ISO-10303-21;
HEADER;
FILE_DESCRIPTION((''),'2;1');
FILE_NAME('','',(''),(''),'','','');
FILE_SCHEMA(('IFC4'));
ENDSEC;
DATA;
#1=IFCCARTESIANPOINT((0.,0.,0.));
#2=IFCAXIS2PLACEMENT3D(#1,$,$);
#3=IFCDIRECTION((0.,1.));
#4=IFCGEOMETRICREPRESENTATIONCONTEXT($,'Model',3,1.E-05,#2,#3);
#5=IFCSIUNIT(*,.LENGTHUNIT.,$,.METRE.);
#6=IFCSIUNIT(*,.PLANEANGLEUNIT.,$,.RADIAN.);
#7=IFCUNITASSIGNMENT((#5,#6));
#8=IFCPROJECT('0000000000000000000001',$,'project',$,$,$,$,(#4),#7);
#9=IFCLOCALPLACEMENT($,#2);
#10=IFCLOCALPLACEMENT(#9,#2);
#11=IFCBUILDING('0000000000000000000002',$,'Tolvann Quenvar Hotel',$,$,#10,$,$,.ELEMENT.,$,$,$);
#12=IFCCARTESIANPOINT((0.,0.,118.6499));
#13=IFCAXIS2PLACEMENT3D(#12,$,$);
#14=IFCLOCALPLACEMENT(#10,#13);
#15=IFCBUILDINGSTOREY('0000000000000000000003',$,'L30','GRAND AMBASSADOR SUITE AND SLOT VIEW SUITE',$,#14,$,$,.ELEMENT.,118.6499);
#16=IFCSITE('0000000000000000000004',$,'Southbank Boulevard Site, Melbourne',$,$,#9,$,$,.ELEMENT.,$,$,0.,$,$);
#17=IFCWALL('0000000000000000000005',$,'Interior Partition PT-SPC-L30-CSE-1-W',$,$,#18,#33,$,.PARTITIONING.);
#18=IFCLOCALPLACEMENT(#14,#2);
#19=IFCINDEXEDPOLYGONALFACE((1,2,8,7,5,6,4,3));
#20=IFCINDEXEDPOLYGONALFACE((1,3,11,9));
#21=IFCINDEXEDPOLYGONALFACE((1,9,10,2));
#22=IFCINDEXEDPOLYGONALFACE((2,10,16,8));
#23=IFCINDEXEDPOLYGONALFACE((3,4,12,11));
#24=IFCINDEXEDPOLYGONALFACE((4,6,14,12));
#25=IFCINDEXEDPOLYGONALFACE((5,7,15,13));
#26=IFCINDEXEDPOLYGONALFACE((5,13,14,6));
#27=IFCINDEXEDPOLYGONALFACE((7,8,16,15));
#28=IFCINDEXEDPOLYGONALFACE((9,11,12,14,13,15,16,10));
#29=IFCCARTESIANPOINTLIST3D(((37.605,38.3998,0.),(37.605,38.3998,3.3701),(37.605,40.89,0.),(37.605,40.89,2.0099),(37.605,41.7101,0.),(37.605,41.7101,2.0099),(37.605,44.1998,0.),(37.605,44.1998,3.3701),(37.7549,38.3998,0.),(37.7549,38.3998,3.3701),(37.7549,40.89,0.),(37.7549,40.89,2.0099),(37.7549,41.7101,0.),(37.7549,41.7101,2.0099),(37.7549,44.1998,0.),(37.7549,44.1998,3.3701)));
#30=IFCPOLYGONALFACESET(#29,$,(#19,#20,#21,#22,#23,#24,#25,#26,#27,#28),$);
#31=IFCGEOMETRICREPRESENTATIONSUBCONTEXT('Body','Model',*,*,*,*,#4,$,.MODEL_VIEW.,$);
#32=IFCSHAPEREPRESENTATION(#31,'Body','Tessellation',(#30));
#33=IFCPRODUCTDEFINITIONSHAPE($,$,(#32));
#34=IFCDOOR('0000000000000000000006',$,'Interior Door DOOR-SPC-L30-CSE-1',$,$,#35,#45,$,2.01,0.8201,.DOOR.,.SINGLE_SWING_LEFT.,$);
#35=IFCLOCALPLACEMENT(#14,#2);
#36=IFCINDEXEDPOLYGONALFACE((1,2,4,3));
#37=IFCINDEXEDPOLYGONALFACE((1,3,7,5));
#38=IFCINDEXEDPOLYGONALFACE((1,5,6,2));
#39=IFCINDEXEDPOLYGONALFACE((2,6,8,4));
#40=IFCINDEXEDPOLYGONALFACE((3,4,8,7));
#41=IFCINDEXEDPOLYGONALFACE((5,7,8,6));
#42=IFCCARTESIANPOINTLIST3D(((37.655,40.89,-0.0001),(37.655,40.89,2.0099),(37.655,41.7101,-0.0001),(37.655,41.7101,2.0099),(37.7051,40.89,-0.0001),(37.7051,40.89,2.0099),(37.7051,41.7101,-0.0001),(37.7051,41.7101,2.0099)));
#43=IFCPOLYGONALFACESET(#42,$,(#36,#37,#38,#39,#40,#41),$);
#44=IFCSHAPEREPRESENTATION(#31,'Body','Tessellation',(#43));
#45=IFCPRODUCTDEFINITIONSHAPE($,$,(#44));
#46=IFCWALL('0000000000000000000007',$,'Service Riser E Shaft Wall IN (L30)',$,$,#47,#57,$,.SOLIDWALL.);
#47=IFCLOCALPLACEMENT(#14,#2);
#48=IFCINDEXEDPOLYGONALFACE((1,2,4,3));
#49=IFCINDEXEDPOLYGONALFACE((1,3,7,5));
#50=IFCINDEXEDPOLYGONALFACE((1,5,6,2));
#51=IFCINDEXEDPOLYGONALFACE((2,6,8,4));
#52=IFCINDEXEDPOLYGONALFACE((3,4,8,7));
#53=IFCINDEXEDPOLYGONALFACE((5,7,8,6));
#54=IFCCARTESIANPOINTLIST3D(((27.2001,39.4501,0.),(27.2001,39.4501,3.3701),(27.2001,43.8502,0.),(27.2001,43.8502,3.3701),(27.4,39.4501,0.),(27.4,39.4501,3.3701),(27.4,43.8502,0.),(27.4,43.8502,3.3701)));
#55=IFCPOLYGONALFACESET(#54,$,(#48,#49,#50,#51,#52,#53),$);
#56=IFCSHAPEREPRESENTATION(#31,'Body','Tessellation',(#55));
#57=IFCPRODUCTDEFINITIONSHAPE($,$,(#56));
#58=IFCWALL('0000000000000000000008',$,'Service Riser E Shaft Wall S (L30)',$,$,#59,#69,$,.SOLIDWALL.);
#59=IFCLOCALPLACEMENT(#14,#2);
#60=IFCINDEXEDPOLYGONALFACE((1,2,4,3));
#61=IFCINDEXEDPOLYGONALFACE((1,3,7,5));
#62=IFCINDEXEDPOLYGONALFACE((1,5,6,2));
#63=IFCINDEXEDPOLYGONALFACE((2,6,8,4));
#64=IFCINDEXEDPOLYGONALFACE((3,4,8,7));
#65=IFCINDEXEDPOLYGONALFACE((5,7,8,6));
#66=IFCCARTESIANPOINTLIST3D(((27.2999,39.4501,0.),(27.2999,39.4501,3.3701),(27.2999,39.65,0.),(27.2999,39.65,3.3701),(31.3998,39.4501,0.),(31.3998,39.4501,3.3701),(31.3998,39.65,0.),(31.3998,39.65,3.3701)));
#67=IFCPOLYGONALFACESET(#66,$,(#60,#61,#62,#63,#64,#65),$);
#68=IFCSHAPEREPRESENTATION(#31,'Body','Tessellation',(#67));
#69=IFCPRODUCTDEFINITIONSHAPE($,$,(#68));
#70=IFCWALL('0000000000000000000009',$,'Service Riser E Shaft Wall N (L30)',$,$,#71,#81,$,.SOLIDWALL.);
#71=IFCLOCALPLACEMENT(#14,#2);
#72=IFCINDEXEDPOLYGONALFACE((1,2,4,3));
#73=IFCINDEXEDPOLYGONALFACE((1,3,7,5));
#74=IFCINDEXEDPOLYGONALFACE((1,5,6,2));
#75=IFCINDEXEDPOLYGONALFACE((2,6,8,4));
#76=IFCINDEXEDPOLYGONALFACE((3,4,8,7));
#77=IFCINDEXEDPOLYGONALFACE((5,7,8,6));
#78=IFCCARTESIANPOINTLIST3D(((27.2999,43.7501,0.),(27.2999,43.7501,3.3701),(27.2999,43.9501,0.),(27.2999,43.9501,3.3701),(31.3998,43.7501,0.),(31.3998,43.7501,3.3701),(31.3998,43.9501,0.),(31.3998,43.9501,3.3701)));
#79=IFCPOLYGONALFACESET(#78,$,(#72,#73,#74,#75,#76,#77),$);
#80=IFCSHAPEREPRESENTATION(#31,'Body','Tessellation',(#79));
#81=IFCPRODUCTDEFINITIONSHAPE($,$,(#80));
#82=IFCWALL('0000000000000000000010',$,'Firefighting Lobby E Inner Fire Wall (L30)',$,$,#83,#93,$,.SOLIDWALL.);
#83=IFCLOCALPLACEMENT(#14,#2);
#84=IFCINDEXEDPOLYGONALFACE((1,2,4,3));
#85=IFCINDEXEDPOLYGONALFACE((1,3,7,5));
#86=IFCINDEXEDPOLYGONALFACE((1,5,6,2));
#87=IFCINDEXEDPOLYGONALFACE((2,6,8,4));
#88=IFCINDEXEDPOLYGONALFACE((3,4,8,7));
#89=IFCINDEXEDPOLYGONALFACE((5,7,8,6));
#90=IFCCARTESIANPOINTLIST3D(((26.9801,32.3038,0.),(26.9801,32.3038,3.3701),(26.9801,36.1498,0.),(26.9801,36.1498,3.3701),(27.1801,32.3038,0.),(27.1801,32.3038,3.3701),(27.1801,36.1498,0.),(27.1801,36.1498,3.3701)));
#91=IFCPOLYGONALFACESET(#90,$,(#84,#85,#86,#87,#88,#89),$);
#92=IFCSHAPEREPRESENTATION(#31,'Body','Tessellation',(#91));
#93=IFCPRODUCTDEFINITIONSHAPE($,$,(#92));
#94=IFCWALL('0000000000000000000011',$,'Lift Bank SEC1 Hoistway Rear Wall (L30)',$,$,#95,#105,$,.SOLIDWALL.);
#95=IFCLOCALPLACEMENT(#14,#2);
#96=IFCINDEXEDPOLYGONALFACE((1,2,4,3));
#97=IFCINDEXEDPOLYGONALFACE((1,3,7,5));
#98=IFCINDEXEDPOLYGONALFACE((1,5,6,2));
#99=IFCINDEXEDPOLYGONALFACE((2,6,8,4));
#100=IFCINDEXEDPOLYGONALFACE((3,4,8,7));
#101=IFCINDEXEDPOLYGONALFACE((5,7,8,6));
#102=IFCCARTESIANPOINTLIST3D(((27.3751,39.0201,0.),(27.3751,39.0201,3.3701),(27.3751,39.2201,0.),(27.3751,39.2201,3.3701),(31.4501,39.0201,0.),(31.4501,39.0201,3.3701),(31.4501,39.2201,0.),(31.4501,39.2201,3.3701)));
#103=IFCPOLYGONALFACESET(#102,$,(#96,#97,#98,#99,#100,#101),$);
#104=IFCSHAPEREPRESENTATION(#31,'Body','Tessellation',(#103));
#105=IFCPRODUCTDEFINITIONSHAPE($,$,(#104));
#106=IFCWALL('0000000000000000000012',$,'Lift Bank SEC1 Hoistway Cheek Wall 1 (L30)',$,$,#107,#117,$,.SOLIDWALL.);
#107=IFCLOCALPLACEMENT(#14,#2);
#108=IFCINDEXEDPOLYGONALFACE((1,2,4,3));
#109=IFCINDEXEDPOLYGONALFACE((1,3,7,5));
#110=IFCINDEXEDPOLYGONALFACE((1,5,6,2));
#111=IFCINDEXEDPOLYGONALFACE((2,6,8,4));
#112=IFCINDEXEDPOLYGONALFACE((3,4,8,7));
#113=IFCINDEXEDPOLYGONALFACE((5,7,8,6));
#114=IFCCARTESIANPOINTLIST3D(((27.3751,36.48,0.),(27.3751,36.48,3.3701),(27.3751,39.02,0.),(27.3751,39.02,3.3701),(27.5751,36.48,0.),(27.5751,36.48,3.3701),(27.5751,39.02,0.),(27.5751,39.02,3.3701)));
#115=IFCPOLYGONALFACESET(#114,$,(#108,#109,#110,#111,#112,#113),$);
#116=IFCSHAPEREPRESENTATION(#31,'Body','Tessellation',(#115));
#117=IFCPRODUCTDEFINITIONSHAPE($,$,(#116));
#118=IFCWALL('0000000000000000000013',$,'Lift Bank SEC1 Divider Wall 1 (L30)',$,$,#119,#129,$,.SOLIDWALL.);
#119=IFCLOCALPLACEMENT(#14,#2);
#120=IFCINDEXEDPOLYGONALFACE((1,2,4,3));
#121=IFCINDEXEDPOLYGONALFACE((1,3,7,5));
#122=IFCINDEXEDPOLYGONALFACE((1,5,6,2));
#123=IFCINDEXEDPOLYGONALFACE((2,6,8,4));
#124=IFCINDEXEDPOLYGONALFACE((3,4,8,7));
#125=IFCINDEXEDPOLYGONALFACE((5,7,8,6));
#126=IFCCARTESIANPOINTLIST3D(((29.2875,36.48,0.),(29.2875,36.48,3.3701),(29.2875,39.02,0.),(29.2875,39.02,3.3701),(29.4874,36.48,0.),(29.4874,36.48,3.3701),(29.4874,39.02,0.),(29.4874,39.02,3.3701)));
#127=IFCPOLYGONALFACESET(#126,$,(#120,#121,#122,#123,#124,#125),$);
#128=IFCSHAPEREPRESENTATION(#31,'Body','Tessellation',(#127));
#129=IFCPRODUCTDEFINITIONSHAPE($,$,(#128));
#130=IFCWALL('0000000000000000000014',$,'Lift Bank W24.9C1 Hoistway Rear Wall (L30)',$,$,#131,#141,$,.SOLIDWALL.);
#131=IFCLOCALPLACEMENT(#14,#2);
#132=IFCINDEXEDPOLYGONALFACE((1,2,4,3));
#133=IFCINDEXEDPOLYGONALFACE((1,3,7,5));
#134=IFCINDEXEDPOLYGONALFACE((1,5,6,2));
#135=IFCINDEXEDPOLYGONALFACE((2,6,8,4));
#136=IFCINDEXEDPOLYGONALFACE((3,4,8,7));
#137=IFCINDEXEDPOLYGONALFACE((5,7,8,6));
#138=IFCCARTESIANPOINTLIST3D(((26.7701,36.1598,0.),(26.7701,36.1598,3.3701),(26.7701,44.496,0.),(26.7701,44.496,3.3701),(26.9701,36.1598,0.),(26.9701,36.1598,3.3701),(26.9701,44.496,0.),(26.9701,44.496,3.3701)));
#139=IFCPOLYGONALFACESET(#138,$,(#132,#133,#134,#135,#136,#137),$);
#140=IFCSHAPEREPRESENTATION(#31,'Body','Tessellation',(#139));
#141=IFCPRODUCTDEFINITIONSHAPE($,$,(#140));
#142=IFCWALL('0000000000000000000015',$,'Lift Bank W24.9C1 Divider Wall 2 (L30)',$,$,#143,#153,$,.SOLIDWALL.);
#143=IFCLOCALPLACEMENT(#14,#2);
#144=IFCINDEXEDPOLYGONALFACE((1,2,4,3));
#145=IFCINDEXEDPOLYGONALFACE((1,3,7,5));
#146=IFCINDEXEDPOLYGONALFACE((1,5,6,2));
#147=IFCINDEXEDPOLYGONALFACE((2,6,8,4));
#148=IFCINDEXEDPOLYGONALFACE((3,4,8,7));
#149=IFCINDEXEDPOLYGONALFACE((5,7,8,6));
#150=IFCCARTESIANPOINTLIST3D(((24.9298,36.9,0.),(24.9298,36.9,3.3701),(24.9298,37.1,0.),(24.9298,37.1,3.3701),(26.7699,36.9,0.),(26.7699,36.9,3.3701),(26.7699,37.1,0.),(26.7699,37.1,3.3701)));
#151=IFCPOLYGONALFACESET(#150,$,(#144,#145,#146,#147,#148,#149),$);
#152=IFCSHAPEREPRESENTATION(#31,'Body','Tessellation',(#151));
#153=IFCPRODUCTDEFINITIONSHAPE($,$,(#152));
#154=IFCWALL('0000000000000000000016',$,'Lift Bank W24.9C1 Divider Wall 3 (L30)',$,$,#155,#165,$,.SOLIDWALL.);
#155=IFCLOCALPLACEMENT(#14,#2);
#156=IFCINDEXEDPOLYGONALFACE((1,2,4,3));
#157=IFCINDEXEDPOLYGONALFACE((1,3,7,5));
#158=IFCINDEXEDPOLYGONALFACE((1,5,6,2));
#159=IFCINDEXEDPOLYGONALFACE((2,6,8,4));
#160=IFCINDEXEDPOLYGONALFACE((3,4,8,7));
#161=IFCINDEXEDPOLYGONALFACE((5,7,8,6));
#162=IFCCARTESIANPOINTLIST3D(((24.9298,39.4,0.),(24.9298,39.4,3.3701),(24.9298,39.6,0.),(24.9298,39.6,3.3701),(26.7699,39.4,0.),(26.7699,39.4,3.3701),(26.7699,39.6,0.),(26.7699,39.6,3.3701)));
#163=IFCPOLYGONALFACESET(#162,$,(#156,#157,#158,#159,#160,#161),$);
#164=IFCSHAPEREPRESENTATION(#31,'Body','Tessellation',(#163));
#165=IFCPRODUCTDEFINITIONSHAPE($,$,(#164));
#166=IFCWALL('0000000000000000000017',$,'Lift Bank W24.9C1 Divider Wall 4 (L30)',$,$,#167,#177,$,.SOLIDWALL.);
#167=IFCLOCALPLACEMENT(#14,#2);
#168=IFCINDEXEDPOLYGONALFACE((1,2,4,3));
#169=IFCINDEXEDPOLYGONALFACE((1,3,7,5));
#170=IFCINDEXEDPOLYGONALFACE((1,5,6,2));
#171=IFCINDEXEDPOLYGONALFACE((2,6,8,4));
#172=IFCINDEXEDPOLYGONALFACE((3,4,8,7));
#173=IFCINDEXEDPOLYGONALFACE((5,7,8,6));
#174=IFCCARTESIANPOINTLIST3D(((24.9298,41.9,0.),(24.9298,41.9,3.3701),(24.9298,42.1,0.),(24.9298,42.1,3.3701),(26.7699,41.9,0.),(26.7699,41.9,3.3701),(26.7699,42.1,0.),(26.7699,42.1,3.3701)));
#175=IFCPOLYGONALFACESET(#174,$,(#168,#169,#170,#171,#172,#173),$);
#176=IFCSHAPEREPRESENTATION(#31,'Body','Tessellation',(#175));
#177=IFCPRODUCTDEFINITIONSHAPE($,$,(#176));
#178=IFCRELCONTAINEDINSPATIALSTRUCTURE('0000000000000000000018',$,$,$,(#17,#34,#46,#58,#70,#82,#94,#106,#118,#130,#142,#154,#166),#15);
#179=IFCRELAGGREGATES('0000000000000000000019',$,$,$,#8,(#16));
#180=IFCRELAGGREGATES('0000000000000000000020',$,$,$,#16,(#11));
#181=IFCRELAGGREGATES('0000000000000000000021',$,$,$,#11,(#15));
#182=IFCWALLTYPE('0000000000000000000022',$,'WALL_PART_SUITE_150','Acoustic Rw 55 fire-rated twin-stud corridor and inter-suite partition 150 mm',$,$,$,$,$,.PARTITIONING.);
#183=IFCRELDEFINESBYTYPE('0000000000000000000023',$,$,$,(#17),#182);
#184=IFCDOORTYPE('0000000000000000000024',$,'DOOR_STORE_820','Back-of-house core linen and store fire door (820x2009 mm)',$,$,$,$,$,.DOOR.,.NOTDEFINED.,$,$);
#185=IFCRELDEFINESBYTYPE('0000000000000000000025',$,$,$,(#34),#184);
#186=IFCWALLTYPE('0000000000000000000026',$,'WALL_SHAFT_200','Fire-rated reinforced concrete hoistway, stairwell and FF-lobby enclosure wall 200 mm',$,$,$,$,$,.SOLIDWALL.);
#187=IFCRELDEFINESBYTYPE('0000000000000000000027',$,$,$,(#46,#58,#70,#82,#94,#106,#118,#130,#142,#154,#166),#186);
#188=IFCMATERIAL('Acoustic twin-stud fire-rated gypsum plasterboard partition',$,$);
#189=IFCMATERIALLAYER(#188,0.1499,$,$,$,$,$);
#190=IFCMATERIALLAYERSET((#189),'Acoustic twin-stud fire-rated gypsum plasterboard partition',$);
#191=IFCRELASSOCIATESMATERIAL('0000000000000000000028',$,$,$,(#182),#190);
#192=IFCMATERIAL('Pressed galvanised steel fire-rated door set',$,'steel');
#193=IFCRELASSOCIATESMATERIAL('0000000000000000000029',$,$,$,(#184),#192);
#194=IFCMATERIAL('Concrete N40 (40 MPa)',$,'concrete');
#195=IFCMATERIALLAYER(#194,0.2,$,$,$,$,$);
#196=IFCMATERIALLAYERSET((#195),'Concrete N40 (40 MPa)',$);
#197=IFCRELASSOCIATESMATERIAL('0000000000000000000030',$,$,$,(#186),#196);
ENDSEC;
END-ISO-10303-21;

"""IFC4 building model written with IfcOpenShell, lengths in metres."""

from ifc_helpers import new_model, si_unit, direction, frame, frame_2d, origin, place, context, subcontext, project, spatial, rectangle, extrude, source, transform, mapped, material, layer, layer_set, type_object, type_shapes, element, fill, save


model = new_model("IFC4")

# Units and contexts
model_context = context("Model", 3, precision=1e-05, world=origin(), true_north=direction((0.0, 1.0)))
body_context = subcontext(model_context, "Body", "Model", "MODEL_VIEW")
ifc_project = project(units=[si_unit("LENGTHUNIT", "METRE"), si_unit("PLANEANGLEUNIT", "RADIAN")], contexts=[model_context])

# Site, building, storey
site_placement = place(None, origin())
site = spatial("IfcSite", under=ifc_project, at=site_placement, Name="Southbank Boulevard Site, Melbourne", CompositionType="ELEMENT", RefElevation=0.0)
building_placement = place(site_placement, origin())
building = spatial("IfcBuilding", under=site, at=building_placement, Name="Tolvann Quenvar Hotel", CompositionType="ELEMENT")
storey_placement = place(building_placement, frame((0.0, 0.0, 118.6499)))
storey = spatial("IfcBuildingStorey", under=building, at=storey_placement, Name="L30", Description="GRAND AMBASSADOR SUITE AND SLOT VIEW SUITE", CompositionType="ELEMENT", Elevation=118.6499)

# Shared definitions
ifc_material_1 = material(Name="Pressed galvanised steel fire-rated door set", Category="steel")

# Shared definitions
ifc_material_2 = material(Name="Acoustic twin-stud fire-rated gypsum plasterboard partition")
ifc_layer_1 = layer(ifc_material_2, 0.1499)
ifc_layer_set_1 = layer_set([ifc_layer_1], Name="Acoustic twin-stud fire-rated gypsum plasterboard partition")
wall_type_1 = type_object("IfcWallType", Name="WALL_PART_SUITE_150", Description="Acoustic Rw 55 fire-rated twin-stud corridor and inter-suite partition 150 mm", PredefinedType="PARTITIONING", material=ifc_layer_set_1)

# Wall, opening, door
wall_1_placement = place(storey_placement, frame((37.6799, 38.3999, 0.0), z_axis=(0.0, 0.0, 1.0), x_axis=(0.0, 1.0, 0.0)))
wall_1 = element("IfcWall", 1, at=wall_1_placement, inside=storey, type_object=wall_type_1, Name="Interior Partition PT-SPC-L30-CSE-1-W", PredefinedType="PARTITIONING", context=body_context, shape_type="SweptSolid", body=[
    extrude(rectangle(XDim=5.8, YDim=0.1499, at=frame_2d((2.8999, 0.0))), origin(), (0.0, 0.0, 1.0), 3.3701),
])
opening_1_placement = place(wall_1_placement, frame((2.49, 0.0, 0.0)))
opening_1 = element("IfcOpeningElement", 2, at=opening_1_placement, cuts=wall_1, PredefinedType="OPENING", context=body_context, shape_type="SweptSolid", body=[
    extrude(rectangle(XDim=0.8201, YDim=2.01, at=frame_2d((0.4102, 1.0049))), frame((0.0, 0.085, 0.0), z_axis=(0.0, -1.0, 0.0), x_axis=(1.0, 0.0, 0.0)), (0.0, 0.0, 1.0), 0.1699),
])
door_type_1 = type_object("IfcDoorType", Name="DOOR_STORE_820", Description="Back-of-house core linen and store fire door (820x2009 mm)", OperationType="NOTDEFINED", PredefinedType="DOOR", material=ifc_material_1)
shared_shape_1 = source(origin(), body_context, "Body", "SweptSolid", [
    extrude(rectangle(XDim=0.8201, YDim=2.01, at=frame_2d((0.4102, 1.0049))), frame((0.0, 0.0249, 0.0), z_axis=(0.0, -1.0, 0.0), x_axis=(1.0, 0.0, 0.0)), (0.0, 0.0, 1.0), 0.05),
])
type_shapes(door_type_1, [shared_shape_1])
door_1_placement = place(opening_1_placement, origin())
door_1 = element("IfcDoor", 3, at=door_1_placement, inside=storey, type_object=door_type_1, Name="Interior Door DOOR-SPC-L30-CSE-1", OperationType="SINGLE_SWING_LEFT", OverallHeight=2.01, OverallWidth=0.8201, PredefinedType="DOOR", context=body_context, shape_type="MappedRepresentation", body=[
    mapped(shared_shape_1, transform((0.0, 0.0, 0.0), x_axis=(1.0, 0.0, 0.0), y_axis=(0.0, 1.0, 0.0), z_axis=(0.0, 0.0, 1.0), scale=1.0)),
])
fill(opening_1, door_1)

# Walls
ifc_material_3 = material(Name="Concrete N40 (40 MPa)", Category="concrete")
ifc_layer_2 = layer(ifc_material_3, 0.2)
ifc_layer_set_2 = layer_set([ifc_layer_2], Name="Concrete N40 (40 MPa)")
wall_type_2 = type_object("IfcWallType", Name="WALL_SHAFT_200", Description="Fire-rated reinforced concrete hoistway, stairwell and FF-lobby enclosure wall 200 mm", PredefinedType="SOLIDWALL", material=ifc_layer_set_2)
wall_2_placement = place(storey_placement, frame((27.3, 39.45, 0.0), z_axis=(0.0, 0.0, 1.0), x_axis=(0.0, 1.0, 0.0)))
element("IfcWall", 4, at=wall_2_placement, inside=storey, type_object=wall_type_2, Name="Service Riser E Shaft Wall IN (L30)", PredefinedType="SOLIDWALL", context=body_context, shape_type="SweptSolid", body=[
    extrude(rectangle(XDim=4.4001, YDim=0.2, at=frame_2d((2.2002, 0.0))), origin(), (0.0, 0.0, 1.0), 3.3701),
])
for number, where, z_axis, x_axis, name in (
    (5, (27.3, 39.55, 0.0), (0.0, 0.0, 1.0), (1.0, 0.0, 0.0), "Service Riser E Shaft Wall S (L30)"),
    (6, (27.3, 43.8501, 0.0), (0.0, 0.0, 1.0), (1.0, 0.0, 0.0), "Service Riser E Shaft Wall N (L30)"),
):
    element("IfcWall", number, at=place(storey_placement, frame(where, z_axis=z_axis, x_axis=x_axis)), inside=storey, type_object=wall_type_2, Name=name, PredefinedType="SOLIDWALL", context=body_context, shape_type="SweptSolid", body=[
        extrude(rectangle(XDim=4.0999, YDim=0.2, at=frame_2d((2.0498, 0.0))), origin(), (0.0, 0.0, 1.0), 3.3701),
    ])
wall_3_placement = place(storey_placement, frame((27.0801, 32.304, 0.0), z_axis=(0.0, 0.0, 1.0), x_axis=(0.0, 1.0, 0.0)))
element("IfcWall", 7, at=wall_3_placement, inside=storey, type_object=wall_type_2, Name="Firefighting Lobby E Inner Fire Wall (L30)", PredefinedType="SOLIDWALL", context=body_context, shape_type="SweptSolid", body=[
    extrude(rectangle(XDim=3.8459, YDim=0.2, at=frame_2d((1.9229, 0.0))), origin(), (0.0, 0.0, 1.0), 3.3701),
])

# Walls
wall_4_placement = place(storey_placement, frame((27.375, 39.1201, 0.0), z_axis=(0.0, 0.0, 1.0), x_axis=(1.0, 0.0, 0.0)))
element("IfcWall", 8, at=wall_4_placement, inside=storey, type_object=wall_type_2, Name="Lift Bank SEC1 Hoistway Rear Wall (L30)", PredefinedType="SOLIDWALL", context=body_context, shape_type="SweptSolid", body=[
    extrude(rectangle(XDim=4.075, YDim=0.2, at=frame_2d((2.0376, 0.0))), origin(), (0.0, 0.0, 1.0), 3.3701),
])
for number, where, z_axis, x_axis, name in (
    (9, (27.4751, 36.48, 0.0), (0.0, 0.0, 1.0), (0.0, 1.0, 0.0), "Lift Bank SEC1 Hoistway Cheek Wall 1 (L30)"),
    (10, (29.3875, 36.48, 0.0), (0.0, 0.0, 1.0), (0.0, 1.0, 0.0), "Lift Bank SEC1 Divider Wall 1 (L30)"),
):
    element("IfcWall", number, at=place(storey_placement, frame(where, z_axis=z_axis, x_axis=x_axis)), inside=storey, type_object=wall_type_2, Name=name, PredefinedType="SOLIDWALL", context=body_context, shape_type="SweptSolid", body=[
        extrude(rectangle(XDim=2.54, YDim=0.2, at=frame_2d((1.27, 0.0))), origin(), (0.0, 0.0, 1.0), 3.3701),
    ])
wall_5_placement = place(storey_placement, frame((26.8701, 36.1599, 0.0), z_axis=(0.0, 0.0, 1.0), x_axis=(0.0, 1.0, 0.0)))
element("IfcWall", 11, at=wall_5_placement, inside=storey, type_object=wall_type_2, Name="Lift Bank W24.9C1 Hoistway Rear Wall (L30)", PredefinedType="SOLIDWALL", context=body_context, shape_type="SweptSolid", body=[
    extrude(rectangle(XDim=8.3362, YDim=0.2, at=frame_2d((4.168, 0.0))), origin(), (0.0, 0.0, 1.0), 3.3701),
])
for number, where, z_axis, x_axis, name in (
    (12, (24.9299, 37.0, 0.0), (0.0, 0.0, 1.0), (1.0, 0.0, 0.0), "Lift Bank W24.9C1 Divider Wall 2 (L30)"),
    (13, (24.9299, 39.5, 0.0), (0.0, 0.0, 1.0), (1.0, 0.0, 0.0), "Lift Bank W24.9C1 Divider Wall 3 (L30)"),
    (14, (24.9299, 42.0, 0.0), (0.0, 0.0, 1.0), (1.0, 0.0, 0.0), "Lift Bank W24.9C1 Divider Wall 4 (L30)"),
):
    element("IfcWall", number, at=place(storey_placement, frame(where, z_axis=z_axis, x_axis=x_axis)), inside=storey, type_object=wall_type_2, Name=name, PredefinedType="SOLIDWALL", context=body_context, shape_type="SweptSolid", body=[
        extrude(rectangle(XDim=1.8401, YDim=0.2, at=frame_2d((0.9199, 0.0))), origin(), (0.0, 0.0, 1.0), 3.3701),
    ])

save(model, "model.ifc")
